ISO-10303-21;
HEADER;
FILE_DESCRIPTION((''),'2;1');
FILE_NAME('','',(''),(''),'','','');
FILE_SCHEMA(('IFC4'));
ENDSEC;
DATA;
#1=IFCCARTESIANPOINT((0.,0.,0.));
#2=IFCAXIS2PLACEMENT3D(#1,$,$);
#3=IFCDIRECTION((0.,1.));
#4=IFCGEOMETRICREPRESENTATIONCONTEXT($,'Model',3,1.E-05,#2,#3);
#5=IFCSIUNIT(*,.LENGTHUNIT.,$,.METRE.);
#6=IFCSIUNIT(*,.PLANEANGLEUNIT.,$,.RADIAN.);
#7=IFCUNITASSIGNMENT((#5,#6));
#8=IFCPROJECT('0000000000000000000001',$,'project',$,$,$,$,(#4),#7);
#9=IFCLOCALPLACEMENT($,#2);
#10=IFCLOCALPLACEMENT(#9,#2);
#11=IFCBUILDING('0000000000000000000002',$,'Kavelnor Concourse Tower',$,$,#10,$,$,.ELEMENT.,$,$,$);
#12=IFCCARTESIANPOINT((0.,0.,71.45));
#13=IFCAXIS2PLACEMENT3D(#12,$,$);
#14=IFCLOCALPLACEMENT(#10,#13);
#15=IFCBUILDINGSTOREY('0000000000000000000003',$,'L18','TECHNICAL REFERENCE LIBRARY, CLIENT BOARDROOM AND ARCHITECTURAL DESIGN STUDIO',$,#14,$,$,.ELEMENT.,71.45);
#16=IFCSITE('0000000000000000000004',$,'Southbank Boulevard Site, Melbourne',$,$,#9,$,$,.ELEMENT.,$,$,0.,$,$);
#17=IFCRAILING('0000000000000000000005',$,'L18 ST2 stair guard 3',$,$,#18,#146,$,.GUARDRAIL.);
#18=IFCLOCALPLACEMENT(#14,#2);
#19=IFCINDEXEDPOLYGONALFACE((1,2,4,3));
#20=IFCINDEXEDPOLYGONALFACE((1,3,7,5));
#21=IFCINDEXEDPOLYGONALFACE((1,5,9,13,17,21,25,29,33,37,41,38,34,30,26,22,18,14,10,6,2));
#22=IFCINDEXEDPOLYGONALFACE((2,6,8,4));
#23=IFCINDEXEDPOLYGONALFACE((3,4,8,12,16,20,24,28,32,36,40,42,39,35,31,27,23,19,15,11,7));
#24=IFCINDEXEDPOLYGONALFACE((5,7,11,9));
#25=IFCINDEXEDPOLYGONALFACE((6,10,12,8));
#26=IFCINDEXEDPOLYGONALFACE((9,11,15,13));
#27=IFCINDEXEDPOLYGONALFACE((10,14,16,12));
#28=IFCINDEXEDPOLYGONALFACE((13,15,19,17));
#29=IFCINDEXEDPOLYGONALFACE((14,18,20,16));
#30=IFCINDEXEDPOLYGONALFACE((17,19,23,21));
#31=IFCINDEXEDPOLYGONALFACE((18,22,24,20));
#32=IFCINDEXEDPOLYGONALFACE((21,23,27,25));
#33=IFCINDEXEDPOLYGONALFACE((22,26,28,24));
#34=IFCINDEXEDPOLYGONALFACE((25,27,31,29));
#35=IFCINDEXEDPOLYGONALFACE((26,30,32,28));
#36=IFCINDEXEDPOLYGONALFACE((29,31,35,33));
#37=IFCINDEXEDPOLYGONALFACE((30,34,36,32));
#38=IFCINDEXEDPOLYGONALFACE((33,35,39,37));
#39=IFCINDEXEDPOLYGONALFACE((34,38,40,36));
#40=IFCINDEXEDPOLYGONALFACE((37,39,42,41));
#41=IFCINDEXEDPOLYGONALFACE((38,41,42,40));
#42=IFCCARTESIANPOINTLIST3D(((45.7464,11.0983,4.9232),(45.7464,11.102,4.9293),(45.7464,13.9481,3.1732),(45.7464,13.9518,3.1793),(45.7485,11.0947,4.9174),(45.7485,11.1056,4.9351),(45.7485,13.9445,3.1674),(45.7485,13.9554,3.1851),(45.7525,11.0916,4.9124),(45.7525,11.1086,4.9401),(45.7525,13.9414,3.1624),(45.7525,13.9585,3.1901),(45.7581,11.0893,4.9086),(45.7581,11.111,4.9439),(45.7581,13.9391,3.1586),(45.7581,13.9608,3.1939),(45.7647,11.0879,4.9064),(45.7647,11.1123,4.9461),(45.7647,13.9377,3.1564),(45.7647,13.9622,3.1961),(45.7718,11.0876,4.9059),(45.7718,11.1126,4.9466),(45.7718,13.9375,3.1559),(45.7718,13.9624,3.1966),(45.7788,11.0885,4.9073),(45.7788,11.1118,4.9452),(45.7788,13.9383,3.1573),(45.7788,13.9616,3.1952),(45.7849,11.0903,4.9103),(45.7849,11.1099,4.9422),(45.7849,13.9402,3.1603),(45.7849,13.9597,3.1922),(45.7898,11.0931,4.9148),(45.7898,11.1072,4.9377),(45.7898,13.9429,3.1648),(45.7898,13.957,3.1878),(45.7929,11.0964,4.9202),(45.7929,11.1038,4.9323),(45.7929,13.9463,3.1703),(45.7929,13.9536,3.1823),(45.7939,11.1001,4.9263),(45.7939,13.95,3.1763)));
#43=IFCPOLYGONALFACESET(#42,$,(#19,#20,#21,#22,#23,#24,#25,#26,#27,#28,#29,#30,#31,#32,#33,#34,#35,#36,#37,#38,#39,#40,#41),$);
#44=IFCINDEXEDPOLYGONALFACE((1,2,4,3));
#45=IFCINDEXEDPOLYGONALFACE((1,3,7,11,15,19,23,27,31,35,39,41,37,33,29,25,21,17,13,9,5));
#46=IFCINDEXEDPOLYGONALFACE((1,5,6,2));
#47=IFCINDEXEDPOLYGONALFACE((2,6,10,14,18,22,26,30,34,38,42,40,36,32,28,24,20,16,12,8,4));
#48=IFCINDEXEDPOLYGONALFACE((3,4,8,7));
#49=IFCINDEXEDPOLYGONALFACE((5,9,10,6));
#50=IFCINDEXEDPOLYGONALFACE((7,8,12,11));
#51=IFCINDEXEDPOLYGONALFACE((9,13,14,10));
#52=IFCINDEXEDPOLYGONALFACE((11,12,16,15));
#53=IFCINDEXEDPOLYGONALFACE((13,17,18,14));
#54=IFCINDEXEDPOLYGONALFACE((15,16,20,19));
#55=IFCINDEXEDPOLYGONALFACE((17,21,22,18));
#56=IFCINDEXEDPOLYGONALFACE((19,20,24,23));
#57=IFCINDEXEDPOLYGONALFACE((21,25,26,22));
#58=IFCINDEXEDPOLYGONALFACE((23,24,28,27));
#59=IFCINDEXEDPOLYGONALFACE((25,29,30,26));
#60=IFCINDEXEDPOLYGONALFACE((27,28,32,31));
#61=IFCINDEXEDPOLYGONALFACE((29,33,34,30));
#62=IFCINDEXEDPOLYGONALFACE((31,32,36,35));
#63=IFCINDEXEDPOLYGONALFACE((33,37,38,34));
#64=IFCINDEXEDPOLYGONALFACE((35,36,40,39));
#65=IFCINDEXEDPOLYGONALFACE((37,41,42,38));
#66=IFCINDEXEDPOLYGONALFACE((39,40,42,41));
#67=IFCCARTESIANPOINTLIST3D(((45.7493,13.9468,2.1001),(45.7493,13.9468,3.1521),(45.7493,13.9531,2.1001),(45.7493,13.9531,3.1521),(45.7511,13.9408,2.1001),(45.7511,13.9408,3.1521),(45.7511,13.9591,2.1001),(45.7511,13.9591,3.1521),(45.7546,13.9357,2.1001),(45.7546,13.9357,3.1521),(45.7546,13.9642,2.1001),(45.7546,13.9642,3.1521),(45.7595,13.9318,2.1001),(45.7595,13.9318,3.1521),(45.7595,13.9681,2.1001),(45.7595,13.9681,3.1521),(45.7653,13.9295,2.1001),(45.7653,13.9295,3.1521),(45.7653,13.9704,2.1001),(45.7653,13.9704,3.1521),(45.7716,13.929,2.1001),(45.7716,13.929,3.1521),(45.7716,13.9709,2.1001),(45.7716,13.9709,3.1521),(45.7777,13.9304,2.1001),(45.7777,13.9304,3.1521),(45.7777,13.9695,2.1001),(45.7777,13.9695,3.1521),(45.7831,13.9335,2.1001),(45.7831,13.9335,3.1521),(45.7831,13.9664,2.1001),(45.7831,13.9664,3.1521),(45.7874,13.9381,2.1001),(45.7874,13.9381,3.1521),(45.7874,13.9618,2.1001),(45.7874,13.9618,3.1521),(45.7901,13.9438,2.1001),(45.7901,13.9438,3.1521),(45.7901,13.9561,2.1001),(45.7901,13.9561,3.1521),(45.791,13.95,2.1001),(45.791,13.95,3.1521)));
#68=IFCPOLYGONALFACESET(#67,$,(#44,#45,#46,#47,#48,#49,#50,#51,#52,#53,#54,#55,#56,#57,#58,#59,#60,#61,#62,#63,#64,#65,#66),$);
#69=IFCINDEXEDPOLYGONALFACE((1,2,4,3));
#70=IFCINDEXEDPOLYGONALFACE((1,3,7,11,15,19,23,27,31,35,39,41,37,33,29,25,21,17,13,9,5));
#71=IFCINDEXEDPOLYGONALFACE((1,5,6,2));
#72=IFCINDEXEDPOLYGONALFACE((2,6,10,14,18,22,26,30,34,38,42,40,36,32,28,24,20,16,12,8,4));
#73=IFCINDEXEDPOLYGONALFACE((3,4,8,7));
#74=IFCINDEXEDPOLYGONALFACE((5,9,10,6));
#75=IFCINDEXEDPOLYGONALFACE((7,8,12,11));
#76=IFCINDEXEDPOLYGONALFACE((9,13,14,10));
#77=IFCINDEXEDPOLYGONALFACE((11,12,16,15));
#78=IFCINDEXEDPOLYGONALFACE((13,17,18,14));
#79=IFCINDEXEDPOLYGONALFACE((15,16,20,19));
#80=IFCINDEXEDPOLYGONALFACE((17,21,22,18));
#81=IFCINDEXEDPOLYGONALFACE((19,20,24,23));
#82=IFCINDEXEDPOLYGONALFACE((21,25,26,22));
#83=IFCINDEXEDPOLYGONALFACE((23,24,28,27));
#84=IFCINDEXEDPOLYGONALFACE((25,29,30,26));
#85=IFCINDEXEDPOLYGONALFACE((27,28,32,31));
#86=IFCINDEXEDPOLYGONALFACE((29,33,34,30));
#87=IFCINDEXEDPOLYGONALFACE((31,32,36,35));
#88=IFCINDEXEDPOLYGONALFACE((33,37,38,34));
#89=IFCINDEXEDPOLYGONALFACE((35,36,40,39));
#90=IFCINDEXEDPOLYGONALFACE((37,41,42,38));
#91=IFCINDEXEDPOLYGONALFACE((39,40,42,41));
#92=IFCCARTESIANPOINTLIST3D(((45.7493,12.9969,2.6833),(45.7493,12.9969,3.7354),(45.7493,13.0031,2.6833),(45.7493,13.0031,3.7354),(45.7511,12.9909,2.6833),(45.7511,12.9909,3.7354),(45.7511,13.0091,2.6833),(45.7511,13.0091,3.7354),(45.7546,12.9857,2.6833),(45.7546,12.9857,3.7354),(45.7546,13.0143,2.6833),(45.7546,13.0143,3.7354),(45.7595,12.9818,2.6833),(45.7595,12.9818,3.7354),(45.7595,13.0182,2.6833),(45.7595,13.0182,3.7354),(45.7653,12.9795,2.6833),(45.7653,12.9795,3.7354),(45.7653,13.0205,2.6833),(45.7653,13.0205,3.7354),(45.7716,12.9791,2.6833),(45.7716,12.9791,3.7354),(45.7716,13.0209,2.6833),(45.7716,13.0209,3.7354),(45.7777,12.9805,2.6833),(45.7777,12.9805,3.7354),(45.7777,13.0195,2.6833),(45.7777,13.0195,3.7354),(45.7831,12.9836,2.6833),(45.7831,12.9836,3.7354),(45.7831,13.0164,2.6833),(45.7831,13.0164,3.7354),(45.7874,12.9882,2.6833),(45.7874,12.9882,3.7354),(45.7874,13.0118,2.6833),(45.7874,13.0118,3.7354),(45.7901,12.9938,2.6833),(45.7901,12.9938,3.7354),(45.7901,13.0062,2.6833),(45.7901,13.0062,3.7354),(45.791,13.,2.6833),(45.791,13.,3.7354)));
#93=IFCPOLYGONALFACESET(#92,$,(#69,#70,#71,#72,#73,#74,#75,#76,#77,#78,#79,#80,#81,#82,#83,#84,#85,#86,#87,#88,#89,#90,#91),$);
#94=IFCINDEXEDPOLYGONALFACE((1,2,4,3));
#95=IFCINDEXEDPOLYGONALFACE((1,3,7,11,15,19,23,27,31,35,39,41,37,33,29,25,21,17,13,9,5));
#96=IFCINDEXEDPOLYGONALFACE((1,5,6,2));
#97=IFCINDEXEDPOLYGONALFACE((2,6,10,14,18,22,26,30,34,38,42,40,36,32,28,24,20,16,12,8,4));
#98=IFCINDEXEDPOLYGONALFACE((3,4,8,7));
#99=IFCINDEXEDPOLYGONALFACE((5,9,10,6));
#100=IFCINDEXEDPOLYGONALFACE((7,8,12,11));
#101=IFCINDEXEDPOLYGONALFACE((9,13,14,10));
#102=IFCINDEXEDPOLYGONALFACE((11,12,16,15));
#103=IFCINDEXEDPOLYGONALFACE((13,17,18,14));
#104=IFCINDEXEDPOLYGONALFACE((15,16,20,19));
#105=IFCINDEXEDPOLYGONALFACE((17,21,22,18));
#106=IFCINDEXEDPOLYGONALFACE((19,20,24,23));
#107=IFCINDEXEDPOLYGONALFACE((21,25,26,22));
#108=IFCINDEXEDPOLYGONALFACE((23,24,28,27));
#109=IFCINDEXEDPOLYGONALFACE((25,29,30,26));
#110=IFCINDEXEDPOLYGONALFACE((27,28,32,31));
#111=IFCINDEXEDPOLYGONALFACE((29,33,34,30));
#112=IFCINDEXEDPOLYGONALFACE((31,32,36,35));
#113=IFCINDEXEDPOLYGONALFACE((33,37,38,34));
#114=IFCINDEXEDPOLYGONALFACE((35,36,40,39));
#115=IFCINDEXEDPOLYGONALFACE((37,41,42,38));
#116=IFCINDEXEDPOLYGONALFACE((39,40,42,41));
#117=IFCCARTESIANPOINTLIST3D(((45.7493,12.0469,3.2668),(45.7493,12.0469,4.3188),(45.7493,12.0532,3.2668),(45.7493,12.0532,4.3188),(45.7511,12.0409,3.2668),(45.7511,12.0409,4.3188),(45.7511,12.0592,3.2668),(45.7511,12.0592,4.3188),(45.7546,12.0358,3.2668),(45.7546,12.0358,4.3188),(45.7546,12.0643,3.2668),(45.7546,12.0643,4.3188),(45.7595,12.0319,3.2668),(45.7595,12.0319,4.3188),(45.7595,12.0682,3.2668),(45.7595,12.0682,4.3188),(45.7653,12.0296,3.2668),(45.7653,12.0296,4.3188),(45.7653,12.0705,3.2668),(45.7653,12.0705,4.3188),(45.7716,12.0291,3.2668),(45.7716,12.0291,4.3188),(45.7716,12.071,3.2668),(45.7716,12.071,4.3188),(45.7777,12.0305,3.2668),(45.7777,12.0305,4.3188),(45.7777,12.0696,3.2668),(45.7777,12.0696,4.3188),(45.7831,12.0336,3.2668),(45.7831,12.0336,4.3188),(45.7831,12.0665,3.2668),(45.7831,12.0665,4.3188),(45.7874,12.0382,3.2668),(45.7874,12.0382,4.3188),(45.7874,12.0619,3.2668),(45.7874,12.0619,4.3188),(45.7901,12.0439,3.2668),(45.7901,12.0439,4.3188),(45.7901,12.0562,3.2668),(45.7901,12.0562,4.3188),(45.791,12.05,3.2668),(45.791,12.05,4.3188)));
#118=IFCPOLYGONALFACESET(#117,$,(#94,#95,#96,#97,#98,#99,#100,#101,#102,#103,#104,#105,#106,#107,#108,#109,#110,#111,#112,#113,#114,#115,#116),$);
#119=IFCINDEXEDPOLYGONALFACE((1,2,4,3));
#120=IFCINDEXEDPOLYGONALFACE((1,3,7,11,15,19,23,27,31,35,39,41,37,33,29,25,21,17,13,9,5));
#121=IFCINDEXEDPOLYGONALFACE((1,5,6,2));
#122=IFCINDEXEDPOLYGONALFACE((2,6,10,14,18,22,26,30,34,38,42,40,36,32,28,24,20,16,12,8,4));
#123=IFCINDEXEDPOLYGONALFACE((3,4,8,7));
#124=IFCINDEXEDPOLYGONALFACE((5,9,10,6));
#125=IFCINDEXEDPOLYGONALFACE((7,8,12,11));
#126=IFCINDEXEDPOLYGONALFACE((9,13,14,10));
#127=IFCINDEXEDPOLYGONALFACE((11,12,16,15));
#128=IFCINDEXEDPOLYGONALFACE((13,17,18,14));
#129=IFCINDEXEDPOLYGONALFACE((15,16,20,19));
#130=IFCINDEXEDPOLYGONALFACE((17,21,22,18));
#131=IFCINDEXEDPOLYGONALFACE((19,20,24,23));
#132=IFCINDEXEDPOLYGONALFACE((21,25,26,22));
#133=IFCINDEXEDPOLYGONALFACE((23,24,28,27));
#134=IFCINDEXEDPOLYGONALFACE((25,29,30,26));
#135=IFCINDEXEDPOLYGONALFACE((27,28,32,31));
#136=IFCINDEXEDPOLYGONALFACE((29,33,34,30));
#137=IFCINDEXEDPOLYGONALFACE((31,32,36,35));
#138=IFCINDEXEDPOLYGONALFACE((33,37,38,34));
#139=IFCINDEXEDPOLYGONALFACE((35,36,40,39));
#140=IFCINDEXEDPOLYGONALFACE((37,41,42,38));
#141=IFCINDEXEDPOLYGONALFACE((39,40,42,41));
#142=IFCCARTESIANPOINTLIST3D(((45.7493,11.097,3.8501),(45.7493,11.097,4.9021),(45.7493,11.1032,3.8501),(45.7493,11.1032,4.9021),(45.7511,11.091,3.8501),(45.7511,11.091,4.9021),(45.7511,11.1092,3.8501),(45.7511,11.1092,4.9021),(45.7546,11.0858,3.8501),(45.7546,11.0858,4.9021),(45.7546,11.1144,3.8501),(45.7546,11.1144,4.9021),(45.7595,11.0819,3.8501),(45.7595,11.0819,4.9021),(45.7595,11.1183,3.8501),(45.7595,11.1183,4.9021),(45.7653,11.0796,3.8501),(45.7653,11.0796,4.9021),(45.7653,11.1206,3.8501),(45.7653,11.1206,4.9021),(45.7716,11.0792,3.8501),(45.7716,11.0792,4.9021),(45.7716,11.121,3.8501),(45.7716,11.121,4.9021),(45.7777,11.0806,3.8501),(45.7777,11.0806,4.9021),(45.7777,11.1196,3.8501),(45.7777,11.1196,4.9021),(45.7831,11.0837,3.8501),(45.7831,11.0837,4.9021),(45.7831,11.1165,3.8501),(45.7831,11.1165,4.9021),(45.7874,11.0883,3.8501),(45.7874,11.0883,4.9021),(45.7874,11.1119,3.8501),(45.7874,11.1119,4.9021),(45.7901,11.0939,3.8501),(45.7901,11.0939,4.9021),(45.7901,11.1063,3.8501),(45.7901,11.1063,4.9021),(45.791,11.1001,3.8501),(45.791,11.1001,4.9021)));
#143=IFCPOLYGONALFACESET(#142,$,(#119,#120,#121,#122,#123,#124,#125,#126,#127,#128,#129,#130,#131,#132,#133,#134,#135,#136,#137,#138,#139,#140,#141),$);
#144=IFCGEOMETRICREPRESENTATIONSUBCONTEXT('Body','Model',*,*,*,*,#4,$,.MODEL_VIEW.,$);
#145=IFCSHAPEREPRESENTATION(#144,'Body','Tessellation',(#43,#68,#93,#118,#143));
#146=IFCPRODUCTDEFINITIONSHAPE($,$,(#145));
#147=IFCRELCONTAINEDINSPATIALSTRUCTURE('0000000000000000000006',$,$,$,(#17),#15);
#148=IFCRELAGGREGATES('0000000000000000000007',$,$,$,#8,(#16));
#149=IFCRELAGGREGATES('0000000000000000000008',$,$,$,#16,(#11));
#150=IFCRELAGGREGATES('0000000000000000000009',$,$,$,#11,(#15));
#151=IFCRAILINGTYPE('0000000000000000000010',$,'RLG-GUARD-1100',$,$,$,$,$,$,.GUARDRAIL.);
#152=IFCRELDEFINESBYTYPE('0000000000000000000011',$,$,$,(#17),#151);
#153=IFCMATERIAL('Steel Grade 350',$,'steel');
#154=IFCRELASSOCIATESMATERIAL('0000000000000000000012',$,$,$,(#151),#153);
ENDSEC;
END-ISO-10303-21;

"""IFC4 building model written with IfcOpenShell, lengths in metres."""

from ifc_helpers import new_model, si_unit, direction, frame, origin, origin_2d, place, context, subcontext, project, spatial, circle, extrude, material, type_object, element, save


model = new_model("IFC4")

# Units and contexts
model_context = context("Model", 3, precision=1e-05, world=origin(), true_north=direction((0.0, 1.0)))
body_context = subcontext(model_context, "Body", "Model", "MODEL_VIEW")
ifc_project = project(units=[si_unit("LENGTHUNIT", "METRE"), si_unit("PLANEANGLEUNIT", "RADIAN")], contexts=[model_context])

# Site, building, storey
site_placement = place(None, origin())
site = spatial("IfcSite", under=ifc_project, at=site_placement, Name="Southbank Boulevard Site, Melbourne", CompositionType="ELEMENT", RefElevation=0.0)
building_placement = place(site_placement, origin())
building = spatial("IfcBuilding", under=site, at=building_placement, Name="Kavelnor Concourse Tower", CompositionType="ELEMENT")
storey_placement = place(building_placement, frame((0.0, 0.0, 71.45)))
storey = spatial("IfcBuildingStorey", under=building, at=storey_placement, Name="L18", Description="TECHNICAL REFERENCE LIBRARY, CLIENT BOARDROOM AND ARCHITECTURAL DESIGN STUDIO", CompositionType="ELEMENT", Elevation=71.45)

# Shared definitions
ifc_material_1 = material(Name="Steel Grade 350", Category="steel")

# Railing
railing_type_1 = type_object("IfcRailingType", Name="RLG-GUARD-1100", PredefinedType="GUARDRAIL", material=ifc_material_1)
railing_1_placement = place(storey_placement, frame((45.77, 13.95, 2.1001)))
element("IfcRailing", 1, at=railing_1_placement, inside=storey, type_object=railing_type_1, Name="L18 ST2 stair guard 3", PredefinedType="GUARDRAIL", context=body_context, shape_type="SweptSolid", body=[
    extrude(circle(Radius=0.0239, at=origin_2d()), frame((0.0, 0.0, 1.0762), z_axis=(0.0, -0.852159, 0.523283), x_axis=(1.0, 0.0, 0.0)), (0.0, 0.0, 1.0), 3.3442),
    extrude(circle(Radius=0.021, at=origin_2d()), origin(), (0.0, 0.0, 1.0), 1.052),
    extrude(circle(Radius=0.021, at=origin_2d()), frame((0.0, -0.95, 0.5833)), (0.0, 0.0, 1.0), 1.052),
    extrude(circle(Radius=0.021, at=origin_2d()), frame((0.0, -1.8999, 1.1667)), (0.0, 0.0, 1.0), 1.052),
    extrude(circle(Radius=0.021, at=origin_2d()), frame((0.0, -2.8499, 1.75)), (0.0, 0.0, 1.0), 1.052),
])

save(model, "model.ifc")
